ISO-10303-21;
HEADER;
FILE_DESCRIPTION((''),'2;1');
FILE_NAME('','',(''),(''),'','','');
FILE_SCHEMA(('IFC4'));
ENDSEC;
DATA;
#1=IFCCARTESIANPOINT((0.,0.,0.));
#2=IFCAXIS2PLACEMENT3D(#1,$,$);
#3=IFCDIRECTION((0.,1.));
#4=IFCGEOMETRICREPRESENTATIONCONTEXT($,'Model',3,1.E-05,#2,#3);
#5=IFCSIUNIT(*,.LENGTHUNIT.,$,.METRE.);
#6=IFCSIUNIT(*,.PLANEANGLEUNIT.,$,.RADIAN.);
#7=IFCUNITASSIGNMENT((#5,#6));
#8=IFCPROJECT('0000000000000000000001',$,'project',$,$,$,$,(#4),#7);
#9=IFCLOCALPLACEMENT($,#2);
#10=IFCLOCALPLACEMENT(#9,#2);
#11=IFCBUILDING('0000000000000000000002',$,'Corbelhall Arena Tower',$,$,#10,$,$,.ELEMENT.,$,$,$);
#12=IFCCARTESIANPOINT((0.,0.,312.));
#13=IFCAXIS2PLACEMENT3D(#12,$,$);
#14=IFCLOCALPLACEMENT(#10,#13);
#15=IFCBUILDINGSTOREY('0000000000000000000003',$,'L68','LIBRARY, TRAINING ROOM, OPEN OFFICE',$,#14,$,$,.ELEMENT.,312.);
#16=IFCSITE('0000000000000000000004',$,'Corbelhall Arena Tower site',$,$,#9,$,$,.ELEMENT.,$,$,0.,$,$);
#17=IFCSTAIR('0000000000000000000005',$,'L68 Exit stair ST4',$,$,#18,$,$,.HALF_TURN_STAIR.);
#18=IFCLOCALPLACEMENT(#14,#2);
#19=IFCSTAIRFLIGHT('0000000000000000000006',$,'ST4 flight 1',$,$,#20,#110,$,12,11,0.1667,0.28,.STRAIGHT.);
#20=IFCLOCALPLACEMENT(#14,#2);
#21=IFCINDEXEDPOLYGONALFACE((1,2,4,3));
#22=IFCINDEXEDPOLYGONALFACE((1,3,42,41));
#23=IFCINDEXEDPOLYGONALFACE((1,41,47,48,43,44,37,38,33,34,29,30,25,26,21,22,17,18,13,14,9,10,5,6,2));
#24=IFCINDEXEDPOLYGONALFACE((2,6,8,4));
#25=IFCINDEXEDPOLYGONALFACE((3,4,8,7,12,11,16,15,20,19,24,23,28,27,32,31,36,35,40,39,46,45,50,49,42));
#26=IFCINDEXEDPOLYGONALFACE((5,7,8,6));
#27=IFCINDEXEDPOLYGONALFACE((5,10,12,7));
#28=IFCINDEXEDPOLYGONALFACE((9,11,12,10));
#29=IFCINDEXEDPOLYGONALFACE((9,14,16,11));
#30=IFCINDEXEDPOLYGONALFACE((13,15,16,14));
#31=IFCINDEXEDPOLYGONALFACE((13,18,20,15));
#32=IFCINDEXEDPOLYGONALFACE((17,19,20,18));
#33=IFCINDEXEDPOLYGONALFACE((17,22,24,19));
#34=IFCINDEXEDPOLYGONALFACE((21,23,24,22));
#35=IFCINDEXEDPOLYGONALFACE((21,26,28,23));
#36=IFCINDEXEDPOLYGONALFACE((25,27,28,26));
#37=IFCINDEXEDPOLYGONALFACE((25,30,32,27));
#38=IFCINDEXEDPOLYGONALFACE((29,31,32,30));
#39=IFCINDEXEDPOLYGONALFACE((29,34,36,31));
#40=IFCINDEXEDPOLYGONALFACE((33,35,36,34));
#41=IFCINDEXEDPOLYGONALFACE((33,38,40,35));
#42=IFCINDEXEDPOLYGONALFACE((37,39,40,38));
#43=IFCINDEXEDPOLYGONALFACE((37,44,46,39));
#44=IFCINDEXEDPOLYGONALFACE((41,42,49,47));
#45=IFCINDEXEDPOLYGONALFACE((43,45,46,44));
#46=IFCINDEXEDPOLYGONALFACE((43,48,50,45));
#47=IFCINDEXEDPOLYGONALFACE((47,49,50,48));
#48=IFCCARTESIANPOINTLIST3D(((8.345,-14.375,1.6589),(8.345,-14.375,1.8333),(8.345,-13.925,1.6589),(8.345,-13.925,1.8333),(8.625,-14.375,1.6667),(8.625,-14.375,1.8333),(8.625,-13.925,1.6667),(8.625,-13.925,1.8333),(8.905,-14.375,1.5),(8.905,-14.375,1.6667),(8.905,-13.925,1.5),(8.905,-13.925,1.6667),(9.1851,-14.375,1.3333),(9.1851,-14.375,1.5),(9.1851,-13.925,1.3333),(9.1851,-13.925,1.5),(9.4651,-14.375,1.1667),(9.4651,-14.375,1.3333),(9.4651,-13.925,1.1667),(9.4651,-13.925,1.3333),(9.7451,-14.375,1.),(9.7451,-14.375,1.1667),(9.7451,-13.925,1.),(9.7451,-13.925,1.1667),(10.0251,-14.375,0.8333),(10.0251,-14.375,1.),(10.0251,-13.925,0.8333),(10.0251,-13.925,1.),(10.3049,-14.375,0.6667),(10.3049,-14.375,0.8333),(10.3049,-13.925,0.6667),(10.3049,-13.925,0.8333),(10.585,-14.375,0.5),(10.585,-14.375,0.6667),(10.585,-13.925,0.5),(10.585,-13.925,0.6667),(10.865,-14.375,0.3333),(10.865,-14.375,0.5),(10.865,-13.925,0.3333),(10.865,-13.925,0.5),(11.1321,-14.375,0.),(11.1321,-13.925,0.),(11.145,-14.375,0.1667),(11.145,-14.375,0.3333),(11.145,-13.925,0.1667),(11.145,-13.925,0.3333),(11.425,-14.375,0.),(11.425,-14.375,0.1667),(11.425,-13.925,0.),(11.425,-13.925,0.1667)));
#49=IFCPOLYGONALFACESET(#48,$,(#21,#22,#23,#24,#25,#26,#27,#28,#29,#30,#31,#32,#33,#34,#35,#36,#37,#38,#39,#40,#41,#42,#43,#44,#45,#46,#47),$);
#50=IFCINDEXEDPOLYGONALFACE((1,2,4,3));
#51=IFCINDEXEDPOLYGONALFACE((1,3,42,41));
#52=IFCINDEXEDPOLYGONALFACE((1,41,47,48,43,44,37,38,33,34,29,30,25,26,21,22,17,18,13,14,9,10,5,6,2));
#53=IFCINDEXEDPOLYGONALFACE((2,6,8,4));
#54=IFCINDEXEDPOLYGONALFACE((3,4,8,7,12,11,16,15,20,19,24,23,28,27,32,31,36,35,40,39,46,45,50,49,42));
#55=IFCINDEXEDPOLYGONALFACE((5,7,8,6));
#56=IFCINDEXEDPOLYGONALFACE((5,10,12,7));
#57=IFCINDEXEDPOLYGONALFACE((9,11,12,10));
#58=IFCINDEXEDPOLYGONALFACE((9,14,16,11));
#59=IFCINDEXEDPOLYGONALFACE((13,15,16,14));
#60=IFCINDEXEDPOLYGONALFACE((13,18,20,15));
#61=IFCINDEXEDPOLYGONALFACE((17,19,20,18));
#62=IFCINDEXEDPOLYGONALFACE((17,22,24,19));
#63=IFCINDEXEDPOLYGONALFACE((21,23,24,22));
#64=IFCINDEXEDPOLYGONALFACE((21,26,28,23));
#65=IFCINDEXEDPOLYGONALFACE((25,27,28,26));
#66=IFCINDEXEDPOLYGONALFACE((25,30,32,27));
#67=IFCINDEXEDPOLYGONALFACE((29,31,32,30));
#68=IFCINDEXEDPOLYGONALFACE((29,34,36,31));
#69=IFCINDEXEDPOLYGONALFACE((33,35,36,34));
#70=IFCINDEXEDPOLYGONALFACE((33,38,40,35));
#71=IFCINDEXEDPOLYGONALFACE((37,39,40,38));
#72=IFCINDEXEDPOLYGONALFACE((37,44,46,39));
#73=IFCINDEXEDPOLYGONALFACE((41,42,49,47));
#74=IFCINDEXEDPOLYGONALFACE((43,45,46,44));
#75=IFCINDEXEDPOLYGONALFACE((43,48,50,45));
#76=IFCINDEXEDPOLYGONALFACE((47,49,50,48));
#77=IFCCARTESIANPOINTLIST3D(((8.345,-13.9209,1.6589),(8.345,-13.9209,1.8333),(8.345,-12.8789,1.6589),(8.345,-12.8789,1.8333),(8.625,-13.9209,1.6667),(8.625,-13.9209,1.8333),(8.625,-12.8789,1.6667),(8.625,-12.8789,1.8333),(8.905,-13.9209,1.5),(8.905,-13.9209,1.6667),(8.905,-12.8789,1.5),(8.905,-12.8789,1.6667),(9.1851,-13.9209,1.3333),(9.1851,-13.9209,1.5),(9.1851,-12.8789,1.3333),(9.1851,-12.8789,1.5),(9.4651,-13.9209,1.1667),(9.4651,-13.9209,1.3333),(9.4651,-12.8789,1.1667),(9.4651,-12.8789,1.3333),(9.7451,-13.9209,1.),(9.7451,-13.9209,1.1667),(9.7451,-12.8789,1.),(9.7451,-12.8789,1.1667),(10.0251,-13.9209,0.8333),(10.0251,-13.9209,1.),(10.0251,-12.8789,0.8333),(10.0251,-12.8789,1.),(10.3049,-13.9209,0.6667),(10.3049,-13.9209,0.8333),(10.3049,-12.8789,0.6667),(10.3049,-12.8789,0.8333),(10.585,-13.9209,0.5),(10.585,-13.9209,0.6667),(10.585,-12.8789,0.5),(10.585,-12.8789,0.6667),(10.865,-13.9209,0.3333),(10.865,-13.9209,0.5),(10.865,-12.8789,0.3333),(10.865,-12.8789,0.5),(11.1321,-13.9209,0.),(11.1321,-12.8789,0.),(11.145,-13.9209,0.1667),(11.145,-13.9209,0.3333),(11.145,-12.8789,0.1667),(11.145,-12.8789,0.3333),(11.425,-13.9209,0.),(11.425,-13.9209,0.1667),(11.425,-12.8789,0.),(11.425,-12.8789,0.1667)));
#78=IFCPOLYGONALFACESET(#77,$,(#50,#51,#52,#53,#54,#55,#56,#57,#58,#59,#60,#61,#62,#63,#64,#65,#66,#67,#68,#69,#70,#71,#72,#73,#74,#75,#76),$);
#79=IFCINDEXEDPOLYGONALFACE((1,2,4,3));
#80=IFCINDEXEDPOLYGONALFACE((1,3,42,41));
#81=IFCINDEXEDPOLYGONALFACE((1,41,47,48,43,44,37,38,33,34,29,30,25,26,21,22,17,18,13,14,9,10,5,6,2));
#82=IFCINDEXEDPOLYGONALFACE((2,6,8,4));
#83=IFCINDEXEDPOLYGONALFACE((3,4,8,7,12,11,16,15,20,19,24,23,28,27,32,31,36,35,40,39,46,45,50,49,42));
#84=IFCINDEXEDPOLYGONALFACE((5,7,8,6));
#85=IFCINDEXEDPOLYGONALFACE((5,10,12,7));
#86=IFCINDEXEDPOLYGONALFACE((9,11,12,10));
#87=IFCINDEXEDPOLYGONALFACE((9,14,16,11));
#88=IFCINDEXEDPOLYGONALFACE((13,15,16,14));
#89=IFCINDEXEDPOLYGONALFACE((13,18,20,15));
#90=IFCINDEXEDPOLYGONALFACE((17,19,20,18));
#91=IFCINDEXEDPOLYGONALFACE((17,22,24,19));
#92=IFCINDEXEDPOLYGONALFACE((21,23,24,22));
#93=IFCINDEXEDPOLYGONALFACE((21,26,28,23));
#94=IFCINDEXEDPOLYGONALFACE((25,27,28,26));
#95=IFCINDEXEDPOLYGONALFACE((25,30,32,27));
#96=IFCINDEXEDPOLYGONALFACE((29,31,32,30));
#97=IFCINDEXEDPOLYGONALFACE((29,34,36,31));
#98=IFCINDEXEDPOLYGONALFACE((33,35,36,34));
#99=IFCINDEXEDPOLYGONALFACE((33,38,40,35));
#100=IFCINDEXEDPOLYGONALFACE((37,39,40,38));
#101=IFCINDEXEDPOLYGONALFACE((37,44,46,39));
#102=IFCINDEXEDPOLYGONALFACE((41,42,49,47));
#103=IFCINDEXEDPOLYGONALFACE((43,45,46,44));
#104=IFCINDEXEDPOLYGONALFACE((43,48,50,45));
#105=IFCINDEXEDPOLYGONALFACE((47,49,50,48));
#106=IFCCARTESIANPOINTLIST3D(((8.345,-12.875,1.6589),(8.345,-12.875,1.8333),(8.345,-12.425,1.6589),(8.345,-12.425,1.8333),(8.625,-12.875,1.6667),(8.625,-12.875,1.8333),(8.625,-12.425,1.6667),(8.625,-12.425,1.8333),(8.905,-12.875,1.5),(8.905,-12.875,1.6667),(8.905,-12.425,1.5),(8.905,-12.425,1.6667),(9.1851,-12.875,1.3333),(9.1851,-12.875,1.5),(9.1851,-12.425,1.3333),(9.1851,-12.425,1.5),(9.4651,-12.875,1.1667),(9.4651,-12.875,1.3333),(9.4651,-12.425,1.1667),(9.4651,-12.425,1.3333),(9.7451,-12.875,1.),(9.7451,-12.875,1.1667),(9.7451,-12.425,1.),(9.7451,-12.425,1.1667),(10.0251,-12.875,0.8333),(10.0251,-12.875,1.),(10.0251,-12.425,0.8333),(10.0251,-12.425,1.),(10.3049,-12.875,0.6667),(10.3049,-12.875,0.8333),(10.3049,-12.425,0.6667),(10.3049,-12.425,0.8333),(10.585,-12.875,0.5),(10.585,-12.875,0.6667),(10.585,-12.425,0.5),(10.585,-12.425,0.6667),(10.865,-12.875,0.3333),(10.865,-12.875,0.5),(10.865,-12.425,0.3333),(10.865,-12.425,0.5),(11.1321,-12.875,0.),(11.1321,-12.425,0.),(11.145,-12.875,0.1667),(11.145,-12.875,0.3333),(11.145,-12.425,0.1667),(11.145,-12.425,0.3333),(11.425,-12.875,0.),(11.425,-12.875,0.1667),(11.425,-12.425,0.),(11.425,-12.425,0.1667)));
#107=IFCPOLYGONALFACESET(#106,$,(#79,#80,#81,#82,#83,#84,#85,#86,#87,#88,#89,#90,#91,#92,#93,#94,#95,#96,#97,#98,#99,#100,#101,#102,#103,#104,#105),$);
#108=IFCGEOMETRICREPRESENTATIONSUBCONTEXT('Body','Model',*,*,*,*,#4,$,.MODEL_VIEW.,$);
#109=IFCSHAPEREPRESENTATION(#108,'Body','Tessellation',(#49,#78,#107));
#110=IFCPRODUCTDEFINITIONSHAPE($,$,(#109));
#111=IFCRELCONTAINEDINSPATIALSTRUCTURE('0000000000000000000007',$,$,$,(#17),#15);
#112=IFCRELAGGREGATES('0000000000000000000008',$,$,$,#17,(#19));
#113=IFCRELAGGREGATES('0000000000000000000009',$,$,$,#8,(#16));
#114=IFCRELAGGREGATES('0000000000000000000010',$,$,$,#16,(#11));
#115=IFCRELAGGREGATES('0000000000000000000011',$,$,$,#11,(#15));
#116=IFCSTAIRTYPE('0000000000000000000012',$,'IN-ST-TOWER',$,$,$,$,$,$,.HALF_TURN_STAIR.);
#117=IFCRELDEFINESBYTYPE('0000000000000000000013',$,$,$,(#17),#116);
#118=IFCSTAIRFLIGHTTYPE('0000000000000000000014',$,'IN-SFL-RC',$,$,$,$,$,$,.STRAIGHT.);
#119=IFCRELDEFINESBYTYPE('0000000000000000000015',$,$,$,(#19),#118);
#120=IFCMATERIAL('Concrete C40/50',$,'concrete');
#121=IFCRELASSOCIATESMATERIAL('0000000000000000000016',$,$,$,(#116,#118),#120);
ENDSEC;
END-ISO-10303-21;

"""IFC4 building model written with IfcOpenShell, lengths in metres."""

from ifc_helpers import new_model, si_unit, direction, frame, origin, place, context, subcontext, project, spatial, polyline, outline, extrude, material, type_object, element, aggregate, save


model = new_model("IFC4")

# Units and contexts
model_context = context("Model", 3, precision=1e-05, world=origin(), true_north=direction((0.0, 1.0)))
body_context = subcontext(model_context, "Body", "Model", "MODEL_VIEW")
ifc_project = project(units=[si_unit("LENGTHUNIT", "METRE"), si_unit("PLANEANGLEUNIT", "RADIAN")], contexts=[model_context])

# Site, building, storey
site_placement = place(None, origin())
site = spatial("IfcSite", under=ifc_project, at=site_placement, Name="Corbelhall Arena Tower site", CompositionType="ELEMENT", RefElevation=0.0)
building_placement = place(site_placement, origin())
building = spatial("IfcBuilding", under=site, at=building_placement, Name="Corbelhall Arena Tower", CompositionType="ELEMENT")
storey_placement = place(building_placement, frame((0.0, 0.0, 312.0)))
storey = spatial("IfcBuildingStorey", under=building, at=storey_placement, Name="L68", Description="LIBRARY, TRAINING ROOM, OPEN OFFICE", CompositionType="ELEMENT", Elevation=312.0)

# Shared definitions
ifc_material_1 = material(Name="Concrete C40/50", Category="concrete")

# Stair, stair flight
stair_type = type_object("IfcStairType", Name="IN-ST-TOWER", PredefinedType="HALF_TURN_STAIR", material=ifc_material_1)
stair_placement = place(storey_placement, origin())
stair = element("IfcStair", 1, at=stair_placement, inside=storey, type_object=stair_type, Name="L68 Exit stair ST4", PredefinedType="HALF_TURN_STAIR")
stair_flight_type = type_object("IfcStairFlightType", Name="IN-SFL-RC", PredefinedType="STRAIGHT", material=ifc_material_1)
stair_flight_placement = place(storey_placement, frame((11.425, -13.3999, 0.0), z_axis=(0.0, 0.0, 1.0), x_axis=(-1.0, 0.0, 0.0)))
stair_flight = element("IfcStairFlight", 2, at=stair_flight_placement, type_object=stair_flight_type, Name="ST4 flight 1", NumberOfRisers=12, NumberOfTreads=11, PredefinedType="STRAIGHT", RiserHeight=0.1667, TreadLength=0.28, context=body_context, shape_type="SweptSolid", body=[
    extrude(outline(polyline([(0.0, 0.0), (0.0, 0.1667), (0.28, 0.1667), (0.28, 0.3333), (0.5601, 0.3333), (0.5601, 0.5), (0.8401, 0.5), (0.8401, 0.6667), (1.1201, 0.6667), (1.1201, 0.8333), (1.3999, 0.8333), (1.3999, 1.0), (1.6799, 1.0), (1.6799, 1.1667), (1.96, 1.1667), (1.96, 1.3333), (2.24, 1.3333), (2.24, 1.5), (2.52, 1.5), (2.52, 1.6667), (2.8, 1.6667), (2.8, 1.8333), (3.0801, 1.8333), (3.0801, 2.0), (3.0801, 1.6589), (0.293, 0.0), (0.0, 0.0)])), frame((0.0, 0.9751, 0.0), z_axis=(0.0, -1.0, 0.0), x_axis=(1.0, 0.0, 0.0)), (0.0, 0.0, 1.0), 0.45),
    extrude(outline(polyline([(0.0, 0.0), (0.0, 0.1667), (0.28, 0.1667), (0.28, 0.3333), (0.5601, 0.3333), (0.5601, 0.5), (0.8401, 0.5), (0.8401, 0.6667), (1.1201, 0.6667), (1.1201, 0.8333), (1.3999, 0.8333), (1.3999, 1.0), (1.6799, 1.0), (1.6799, 1.1667), (1.96, 1.1667), (1.96, 1.3333), (2.24, 1.3333), (2.24, 1.5), (2.52, 1.5), (2.52, 1.6667), (2.8, 1.6667), (2.8, 1.8333), (3.0801, 1.8333), (3.0801, 2.0), (3.0801, 1.6589), (0.293, 0.0), (0.0, 0.0)])), frame((0.0, 0.521, 0.0), z_axis=(0.0, -1.0, 0.0), x_axis=(1.0, 0.0, 0.0)), (0.0, 0.0, 1.0), 1.042),
    extrude(outline(polyline([(0.0, 0.0), (0.0, 0.1667), (0.28, 0.1667), (0.28, 0.3333), (0.5601, 0.3333), (0.5601, 0.5), (0.8401, 0.5), (0.8401, 0.6667), (1.1201, 0.6667), (1.1201, 0.8333), (1.3999, 0.8333), (1.3999, 1.0), (1.6799, 1.0), (1.6799, 1.1667), (1.96, 1.1667), (1.96, 1.3333), (2.24, 1.3333), (2.24, 1.5), (2.52, 1.5), (2.52, 1.6667), (2.8, 1.6667), (2.8, 1.8333), (3.0801, 1.8333), (3.0801, 2.0), (3.0801, 1.6589), (0.293, 0.0), (0.0, 0.0)])), frame((0.0, -0.5249, 0.0), z_axis=(0.0, -1.0, 0.0), x_axis=(1.0, 0.0, 0.0)), (0.0, 0.0, 1.0), 0.45),
])
aggregate(stair, [stair_flight])

save(model, "model.ifc")
